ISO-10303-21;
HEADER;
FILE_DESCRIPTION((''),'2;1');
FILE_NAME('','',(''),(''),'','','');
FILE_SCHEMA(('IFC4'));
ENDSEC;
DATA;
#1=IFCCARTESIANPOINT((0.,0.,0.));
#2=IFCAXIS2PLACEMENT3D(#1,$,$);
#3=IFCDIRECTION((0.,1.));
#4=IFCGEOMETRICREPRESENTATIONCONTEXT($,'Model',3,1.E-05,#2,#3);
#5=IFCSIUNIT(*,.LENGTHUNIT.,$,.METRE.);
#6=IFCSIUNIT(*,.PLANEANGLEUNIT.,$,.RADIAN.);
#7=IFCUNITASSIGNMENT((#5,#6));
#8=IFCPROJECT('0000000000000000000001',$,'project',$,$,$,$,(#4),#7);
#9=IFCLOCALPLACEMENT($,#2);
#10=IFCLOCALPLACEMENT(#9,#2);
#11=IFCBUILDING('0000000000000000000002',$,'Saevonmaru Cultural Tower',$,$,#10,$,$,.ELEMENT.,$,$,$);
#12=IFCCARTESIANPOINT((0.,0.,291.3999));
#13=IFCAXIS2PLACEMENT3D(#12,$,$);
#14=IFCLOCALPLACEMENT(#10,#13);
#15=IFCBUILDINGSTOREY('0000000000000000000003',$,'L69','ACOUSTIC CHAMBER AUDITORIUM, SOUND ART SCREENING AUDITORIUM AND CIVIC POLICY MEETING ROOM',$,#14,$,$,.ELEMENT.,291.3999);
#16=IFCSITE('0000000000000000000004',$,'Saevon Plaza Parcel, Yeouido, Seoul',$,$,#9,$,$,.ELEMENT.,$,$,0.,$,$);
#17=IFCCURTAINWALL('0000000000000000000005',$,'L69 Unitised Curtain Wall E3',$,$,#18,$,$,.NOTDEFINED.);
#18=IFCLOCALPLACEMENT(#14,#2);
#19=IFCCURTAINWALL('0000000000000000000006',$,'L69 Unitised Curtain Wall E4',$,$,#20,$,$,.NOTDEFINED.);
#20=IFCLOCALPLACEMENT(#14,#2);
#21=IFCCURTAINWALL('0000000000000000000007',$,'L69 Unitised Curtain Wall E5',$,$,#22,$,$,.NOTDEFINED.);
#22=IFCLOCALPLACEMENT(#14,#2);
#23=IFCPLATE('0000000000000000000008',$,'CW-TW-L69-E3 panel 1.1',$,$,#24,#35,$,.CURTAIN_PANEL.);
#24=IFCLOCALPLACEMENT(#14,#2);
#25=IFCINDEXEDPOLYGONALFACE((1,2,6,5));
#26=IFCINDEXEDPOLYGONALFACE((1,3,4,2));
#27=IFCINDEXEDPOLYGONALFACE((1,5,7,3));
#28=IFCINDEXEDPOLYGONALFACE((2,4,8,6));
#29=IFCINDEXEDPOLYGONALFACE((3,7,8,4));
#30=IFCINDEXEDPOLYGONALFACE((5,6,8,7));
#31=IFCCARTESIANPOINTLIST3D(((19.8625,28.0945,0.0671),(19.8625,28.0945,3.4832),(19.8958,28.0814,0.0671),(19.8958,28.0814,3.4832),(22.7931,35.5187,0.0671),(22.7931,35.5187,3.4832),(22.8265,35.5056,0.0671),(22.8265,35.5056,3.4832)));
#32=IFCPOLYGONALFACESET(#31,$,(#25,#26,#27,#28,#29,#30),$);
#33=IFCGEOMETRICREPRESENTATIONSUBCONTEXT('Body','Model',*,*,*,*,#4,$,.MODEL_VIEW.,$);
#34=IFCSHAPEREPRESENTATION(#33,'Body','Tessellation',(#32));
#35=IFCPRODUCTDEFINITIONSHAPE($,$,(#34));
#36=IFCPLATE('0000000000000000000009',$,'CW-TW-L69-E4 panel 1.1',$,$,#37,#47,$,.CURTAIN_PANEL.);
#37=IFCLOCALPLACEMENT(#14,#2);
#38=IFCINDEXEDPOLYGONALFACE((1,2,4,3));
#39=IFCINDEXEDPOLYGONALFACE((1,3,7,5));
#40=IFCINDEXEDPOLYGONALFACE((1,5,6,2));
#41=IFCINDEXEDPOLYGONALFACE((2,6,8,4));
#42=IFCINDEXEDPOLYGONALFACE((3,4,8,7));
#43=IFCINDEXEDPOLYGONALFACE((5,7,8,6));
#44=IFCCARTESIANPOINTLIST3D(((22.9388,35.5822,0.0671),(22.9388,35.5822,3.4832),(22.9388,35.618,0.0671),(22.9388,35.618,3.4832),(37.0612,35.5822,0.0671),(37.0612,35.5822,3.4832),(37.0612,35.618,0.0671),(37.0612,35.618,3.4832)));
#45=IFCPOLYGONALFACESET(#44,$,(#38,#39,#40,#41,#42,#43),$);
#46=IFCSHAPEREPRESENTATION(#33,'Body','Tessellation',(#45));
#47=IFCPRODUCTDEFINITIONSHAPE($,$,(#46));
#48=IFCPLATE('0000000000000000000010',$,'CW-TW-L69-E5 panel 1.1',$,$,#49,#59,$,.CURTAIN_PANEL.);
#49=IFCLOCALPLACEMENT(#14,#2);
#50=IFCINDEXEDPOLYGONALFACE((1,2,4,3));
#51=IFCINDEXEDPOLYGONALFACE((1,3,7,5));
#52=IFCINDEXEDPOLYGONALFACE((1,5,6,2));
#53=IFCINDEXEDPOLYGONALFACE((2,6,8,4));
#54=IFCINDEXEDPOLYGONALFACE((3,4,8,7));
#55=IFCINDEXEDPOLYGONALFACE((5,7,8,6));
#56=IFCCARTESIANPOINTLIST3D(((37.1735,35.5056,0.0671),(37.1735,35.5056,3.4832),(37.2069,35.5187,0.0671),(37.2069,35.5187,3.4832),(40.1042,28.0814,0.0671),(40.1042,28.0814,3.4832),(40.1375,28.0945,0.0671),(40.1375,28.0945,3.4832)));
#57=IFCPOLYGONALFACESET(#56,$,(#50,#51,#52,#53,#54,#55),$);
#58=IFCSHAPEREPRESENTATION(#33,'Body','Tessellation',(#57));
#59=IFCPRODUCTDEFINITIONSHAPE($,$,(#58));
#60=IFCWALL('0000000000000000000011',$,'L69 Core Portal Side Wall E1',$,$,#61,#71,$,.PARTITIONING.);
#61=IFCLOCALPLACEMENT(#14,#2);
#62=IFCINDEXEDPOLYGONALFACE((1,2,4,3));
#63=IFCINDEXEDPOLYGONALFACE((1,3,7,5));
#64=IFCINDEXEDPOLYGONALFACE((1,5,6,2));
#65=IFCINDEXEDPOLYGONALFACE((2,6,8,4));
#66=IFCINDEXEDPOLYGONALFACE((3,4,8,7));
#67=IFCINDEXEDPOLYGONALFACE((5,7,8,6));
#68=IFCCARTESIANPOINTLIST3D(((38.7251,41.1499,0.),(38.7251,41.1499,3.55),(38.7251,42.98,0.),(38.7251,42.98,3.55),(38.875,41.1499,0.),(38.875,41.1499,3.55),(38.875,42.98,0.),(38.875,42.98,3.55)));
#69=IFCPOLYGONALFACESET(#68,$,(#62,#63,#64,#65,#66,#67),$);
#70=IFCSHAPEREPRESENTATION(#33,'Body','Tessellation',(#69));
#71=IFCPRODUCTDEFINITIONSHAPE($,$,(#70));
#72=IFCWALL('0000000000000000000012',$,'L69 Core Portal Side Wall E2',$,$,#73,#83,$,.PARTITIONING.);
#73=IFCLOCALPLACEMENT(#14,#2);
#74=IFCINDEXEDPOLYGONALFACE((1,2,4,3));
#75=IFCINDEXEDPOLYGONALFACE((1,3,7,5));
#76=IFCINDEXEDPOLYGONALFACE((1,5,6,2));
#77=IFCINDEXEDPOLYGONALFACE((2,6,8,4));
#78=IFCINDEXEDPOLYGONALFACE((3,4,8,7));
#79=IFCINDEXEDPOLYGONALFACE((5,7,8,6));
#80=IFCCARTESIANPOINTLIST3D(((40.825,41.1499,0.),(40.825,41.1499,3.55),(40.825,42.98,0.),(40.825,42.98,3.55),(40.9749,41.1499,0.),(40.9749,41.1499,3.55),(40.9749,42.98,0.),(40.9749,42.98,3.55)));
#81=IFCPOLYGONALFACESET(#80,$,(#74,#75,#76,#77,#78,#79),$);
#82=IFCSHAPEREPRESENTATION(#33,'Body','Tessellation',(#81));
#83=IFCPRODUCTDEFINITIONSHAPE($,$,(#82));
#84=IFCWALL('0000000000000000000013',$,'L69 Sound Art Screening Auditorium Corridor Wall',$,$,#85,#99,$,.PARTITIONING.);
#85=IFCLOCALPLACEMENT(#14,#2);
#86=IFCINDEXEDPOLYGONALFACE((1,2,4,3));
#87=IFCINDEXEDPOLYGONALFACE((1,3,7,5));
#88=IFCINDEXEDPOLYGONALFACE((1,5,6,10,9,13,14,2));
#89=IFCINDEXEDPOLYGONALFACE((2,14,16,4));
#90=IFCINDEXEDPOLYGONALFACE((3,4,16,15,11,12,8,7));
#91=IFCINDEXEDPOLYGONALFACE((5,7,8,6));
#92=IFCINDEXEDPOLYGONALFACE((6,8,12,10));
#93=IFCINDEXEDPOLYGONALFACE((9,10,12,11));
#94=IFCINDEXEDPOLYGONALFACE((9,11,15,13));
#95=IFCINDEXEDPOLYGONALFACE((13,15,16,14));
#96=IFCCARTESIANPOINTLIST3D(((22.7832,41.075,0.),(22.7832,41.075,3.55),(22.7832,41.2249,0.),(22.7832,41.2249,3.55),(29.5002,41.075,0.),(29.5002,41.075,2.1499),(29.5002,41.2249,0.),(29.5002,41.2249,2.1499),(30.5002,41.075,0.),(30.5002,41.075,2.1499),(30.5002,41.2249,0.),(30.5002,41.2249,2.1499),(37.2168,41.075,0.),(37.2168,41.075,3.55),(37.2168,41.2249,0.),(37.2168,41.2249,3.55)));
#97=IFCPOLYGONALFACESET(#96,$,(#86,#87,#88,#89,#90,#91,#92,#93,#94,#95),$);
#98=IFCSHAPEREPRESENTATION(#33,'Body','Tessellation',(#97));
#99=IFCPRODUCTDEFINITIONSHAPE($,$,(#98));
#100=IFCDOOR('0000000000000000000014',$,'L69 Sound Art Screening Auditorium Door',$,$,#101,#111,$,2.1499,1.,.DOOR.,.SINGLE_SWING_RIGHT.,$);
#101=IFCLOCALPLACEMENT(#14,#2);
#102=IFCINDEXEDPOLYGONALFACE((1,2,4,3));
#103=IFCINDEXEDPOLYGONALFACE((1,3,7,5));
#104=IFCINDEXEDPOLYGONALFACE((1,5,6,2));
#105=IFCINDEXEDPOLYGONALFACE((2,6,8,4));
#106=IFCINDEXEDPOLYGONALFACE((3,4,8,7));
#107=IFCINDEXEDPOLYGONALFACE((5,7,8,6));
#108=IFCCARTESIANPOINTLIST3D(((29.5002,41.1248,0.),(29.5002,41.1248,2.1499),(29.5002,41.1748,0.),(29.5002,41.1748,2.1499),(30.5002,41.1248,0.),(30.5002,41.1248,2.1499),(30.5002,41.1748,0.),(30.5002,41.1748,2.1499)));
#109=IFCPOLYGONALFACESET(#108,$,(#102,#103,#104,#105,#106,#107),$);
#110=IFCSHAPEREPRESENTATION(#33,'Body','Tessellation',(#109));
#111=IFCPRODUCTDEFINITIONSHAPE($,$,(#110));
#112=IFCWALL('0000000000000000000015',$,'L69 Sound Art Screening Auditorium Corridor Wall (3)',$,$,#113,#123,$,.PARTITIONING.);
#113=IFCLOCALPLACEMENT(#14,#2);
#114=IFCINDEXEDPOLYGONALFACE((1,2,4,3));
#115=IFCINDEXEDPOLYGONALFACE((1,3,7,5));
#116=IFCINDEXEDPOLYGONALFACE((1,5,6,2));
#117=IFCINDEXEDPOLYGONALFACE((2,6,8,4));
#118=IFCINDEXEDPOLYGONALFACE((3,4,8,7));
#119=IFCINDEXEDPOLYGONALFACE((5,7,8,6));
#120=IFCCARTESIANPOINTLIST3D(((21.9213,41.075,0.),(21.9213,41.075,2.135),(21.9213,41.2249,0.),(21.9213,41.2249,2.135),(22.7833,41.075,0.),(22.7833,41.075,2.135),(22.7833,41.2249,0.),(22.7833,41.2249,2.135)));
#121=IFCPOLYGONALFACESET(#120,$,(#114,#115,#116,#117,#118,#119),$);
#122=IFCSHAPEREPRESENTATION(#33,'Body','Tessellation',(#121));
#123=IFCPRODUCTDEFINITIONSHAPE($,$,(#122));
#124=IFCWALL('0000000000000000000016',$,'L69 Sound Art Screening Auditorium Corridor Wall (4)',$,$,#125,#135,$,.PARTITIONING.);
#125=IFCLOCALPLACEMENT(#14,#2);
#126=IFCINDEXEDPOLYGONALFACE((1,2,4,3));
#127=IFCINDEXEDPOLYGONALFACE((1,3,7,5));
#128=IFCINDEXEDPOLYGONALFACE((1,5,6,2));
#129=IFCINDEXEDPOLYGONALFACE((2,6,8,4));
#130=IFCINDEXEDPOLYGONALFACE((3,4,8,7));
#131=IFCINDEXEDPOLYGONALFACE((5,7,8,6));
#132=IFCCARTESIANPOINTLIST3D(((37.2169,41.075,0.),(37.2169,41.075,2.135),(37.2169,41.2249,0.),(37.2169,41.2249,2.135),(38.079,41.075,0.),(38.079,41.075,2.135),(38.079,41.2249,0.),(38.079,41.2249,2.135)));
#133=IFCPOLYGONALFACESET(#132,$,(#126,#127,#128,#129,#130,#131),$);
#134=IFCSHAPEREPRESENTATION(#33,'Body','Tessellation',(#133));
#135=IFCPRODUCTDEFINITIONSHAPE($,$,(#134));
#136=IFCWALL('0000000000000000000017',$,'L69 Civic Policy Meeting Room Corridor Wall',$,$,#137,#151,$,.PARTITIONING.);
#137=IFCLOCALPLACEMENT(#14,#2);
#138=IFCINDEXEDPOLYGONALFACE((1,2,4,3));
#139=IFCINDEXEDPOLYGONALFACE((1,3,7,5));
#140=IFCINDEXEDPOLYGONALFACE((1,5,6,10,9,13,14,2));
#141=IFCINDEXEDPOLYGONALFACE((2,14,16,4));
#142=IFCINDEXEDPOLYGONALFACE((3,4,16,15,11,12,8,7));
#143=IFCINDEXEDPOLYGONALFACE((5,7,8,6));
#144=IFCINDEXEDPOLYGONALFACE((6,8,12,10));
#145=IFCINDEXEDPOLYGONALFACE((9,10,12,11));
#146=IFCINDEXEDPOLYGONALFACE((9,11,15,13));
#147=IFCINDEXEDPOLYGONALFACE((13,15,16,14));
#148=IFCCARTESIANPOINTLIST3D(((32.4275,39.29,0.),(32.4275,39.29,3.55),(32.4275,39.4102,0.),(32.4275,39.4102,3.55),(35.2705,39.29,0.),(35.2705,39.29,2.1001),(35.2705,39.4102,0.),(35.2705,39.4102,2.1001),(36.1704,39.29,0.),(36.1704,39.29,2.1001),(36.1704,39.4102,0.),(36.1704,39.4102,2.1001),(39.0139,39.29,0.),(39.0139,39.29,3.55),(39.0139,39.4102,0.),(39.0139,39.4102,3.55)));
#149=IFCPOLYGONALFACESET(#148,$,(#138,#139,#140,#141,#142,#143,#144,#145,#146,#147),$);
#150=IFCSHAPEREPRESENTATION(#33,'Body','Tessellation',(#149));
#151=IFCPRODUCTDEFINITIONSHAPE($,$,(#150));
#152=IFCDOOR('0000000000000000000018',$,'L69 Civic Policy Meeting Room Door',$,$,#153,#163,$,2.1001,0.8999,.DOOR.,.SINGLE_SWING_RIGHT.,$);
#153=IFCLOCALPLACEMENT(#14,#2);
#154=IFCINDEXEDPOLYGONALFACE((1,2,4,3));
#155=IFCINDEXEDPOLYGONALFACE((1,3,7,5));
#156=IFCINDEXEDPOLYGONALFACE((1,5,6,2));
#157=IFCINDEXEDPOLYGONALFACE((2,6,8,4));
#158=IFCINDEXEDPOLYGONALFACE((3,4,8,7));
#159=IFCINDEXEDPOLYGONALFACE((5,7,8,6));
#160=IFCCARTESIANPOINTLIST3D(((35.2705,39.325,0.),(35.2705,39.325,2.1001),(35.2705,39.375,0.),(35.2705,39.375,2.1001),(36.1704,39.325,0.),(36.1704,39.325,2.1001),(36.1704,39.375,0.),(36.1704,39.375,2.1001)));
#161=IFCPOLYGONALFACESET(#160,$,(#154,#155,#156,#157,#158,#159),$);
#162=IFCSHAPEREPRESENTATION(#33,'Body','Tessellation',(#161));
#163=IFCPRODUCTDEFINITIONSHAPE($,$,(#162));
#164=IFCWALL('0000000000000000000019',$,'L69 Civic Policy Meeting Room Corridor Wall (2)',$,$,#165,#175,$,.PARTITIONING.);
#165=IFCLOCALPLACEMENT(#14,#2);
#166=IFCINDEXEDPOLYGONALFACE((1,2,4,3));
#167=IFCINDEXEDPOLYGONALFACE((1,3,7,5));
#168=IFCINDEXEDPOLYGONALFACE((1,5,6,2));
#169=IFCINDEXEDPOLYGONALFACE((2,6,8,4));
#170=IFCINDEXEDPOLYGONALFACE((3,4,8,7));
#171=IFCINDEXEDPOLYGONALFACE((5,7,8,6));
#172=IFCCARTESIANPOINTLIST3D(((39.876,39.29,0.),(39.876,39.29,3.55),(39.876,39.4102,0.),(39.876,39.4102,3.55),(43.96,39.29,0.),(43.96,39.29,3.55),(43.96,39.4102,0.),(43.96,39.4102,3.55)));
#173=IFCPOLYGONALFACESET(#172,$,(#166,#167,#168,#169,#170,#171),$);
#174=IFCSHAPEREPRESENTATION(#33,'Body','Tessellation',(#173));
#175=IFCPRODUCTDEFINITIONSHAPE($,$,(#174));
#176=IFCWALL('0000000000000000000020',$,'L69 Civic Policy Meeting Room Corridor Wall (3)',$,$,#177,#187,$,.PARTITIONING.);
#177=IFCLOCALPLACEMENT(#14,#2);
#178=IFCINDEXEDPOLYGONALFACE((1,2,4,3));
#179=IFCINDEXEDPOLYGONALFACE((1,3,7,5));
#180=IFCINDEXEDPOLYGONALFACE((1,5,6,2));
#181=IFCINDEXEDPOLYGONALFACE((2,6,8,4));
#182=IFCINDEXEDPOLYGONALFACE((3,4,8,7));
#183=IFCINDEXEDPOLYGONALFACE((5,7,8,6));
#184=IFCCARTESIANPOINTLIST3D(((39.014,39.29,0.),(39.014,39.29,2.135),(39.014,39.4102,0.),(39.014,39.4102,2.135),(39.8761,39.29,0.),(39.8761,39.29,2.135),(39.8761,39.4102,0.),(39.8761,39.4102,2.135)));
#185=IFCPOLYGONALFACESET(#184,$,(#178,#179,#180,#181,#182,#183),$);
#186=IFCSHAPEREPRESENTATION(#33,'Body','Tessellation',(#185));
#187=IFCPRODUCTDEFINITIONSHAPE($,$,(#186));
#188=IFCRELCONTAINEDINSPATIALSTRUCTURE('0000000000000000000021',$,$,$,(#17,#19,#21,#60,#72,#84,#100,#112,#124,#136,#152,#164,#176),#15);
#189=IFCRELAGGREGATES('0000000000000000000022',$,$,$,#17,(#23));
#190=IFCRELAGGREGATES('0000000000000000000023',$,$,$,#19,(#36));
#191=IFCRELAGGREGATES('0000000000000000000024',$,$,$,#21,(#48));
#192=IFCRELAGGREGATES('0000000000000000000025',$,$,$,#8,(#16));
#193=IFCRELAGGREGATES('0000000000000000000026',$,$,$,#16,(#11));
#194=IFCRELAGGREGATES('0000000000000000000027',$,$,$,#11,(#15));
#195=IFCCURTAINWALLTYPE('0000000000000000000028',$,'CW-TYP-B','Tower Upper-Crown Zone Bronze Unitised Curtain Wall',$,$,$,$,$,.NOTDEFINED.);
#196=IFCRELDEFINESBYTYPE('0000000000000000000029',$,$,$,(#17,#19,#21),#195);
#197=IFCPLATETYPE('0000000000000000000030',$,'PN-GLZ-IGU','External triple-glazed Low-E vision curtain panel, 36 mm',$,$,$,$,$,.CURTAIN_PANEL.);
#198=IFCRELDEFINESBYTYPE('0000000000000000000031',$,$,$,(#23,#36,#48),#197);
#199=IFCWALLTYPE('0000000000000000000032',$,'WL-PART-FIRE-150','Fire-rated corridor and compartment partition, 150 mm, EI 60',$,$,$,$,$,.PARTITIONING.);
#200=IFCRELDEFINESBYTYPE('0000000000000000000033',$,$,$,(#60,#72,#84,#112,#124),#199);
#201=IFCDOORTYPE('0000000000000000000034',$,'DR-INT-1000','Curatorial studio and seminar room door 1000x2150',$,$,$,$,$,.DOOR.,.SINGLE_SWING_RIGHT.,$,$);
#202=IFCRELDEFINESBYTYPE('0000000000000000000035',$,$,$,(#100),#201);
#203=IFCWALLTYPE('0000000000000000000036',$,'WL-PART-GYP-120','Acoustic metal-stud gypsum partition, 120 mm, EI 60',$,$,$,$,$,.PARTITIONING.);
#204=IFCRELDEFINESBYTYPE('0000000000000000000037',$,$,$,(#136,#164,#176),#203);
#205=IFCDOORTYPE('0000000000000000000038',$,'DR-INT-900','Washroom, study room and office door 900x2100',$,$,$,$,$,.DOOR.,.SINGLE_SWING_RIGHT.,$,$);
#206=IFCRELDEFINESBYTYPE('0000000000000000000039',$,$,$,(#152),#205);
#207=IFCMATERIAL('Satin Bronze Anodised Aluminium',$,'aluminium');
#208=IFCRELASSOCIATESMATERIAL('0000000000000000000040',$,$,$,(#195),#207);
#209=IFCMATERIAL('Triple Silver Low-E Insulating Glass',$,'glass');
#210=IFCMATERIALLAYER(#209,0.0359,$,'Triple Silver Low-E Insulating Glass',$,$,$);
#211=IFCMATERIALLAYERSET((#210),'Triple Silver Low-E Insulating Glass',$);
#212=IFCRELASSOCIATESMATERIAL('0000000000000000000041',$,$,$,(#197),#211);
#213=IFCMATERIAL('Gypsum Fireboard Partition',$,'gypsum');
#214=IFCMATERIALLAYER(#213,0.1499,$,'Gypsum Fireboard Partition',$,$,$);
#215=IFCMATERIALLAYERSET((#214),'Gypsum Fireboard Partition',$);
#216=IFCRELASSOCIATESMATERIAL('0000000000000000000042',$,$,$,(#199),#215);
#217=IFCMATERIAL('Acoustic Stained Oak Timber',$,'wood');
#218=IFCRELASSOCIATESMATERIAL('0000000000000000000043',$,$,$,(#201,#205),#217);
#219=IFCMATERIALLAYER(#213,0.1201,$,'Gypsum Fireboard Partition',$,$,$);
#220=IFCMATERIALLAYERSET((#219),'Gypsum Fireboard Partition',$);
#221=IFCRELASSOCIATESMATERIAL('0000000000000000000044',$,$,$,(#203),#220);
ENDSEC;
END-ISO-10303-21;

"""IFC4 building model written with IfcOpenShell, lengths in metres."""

from ifc_helpers import new_model, si_unit, direction, frame, frame_2d, origin, origin_2d, place, context, subcontext, project, spatial, rectangle, extrude, material, layer, layer_set, type_object, element, fill, aggregate, save


model = new_model("IFC4")

# Units and contexts
model_context = context("Model", 3, precision=1e-05, world=origin(), true_north=direction((0.0, 1.0)))
body_context = subcontext(model_context, "Body", "Model", "MODEL_VIEW")
ifc_project = project(units=[si_unit("LENGTHUNIT", "METRE"), si_unit("PLANEANGLEUNIT", "RADIAN")], contexts=[model_context])

# Site, building, storey
site_placement = place(None, origin())
site = spatial("IfcSite", under=ifc_project, at=site_placement, Name="Saevon Plaza Parcel, Yeouido, Seoul", CompositionType="ELEMENT", RefElevation=0.0)
building_placement = place(site_placement, origin())
building = spatial("IfcBuilding", under=site, at=building_placement, Name="Saevonmaru Cultural Tower", CompositionType="ELEMENT")
storey_placement = place(building_placement, frame((0.0, 0.0, 291.3999)))
storey = spatial("IfcBuildingStorey", under=building, at=storey_placement, Name="L69", Description="ACOUSTIC CHAMBER AUDITORIUM, SOUND ART SCREENING AUDITORIUM AND CIVIC POLICY MEETING ROOM", CompositionType="ELEMENT", Elevation=291.3999)

# Curtain wall
ifc_material_1 = material(Name="Satin Bronze Anodised Aluminium", Category="aluminium")
curtain_wall_type = type_object("IfcCurtainWallType", Name="CW-TYP-B", Description="Tower Upper-Crown Zone Bronze Unitised Curtain Wall", PredefinedType="NOTDEFINED", material=ifc_material_1)
curtain_wall_1_placement = place(storey_placement, origin())
curtain_wall_1 = element("IfcCurtainWall", 1, at=curtain_wall_1_placement, inside=storey, type_object=curtain_wall_type, Name="L69 Unitised Curtain Wall E3", PredefinedType="NOTDEFINED")

# Curtain walls
curtain_wall_2_placement = place(storey_placement, origin())
curtain_wall_2 = element("IfcCurtainWall", 2, at=curtain_wall_2_placement, inside=storey, type_object=curtain_wall_type, Name="L69 Unitised Curtain Wall E4", PredefinedType="NOTDEFINED")
curtain_wall_3_placement = place(storey_placement, origin())
curtain_wall_3 = element("IfcCurtainWall", 3, at=curtain_wall_3_placement, inside=storey, type_object=curtain_wall_type, Name="L69 Unitised Curtain Wall E5", PredefinedType="NOTDEFINED")

# Plates
ifc_material_2 = material(Name="Triple Silver Low-E Insulating Glass", Category="glass")
ifc_layer_1 = layer(ifc_material_2, 0.0359, Name="Triple Silver Low-E Insulating Glass")
ifc_layer_set_1 = layer_set([ifc_layer_1], Name="Triple Silver Low-E Insulating Glass")
plate_type_1 = type_object("IfcPlateType", Name="PN-GLZ-IGU", Description="External triple-glazed Low-E vision curtain panel, 36 mm", PredefinedType="CURTAIN_PANEL", material=ifc_layer_set_1)
plate_1_placement = place(storey_placement, frame((21.3445, 31.8, 0.0671), z_axis=(0.0, 0.0, 1.0), x_axis=(0.367172, 0.930153, 0.0)))
plate_1 = element("IfcPlate", 4, at=plate_1_placement, type_object=plate_type_1, Name="CW-TW-L69-E3 panel 1.1", PredefinedType="CURTAIN_PANEL", context=body_context, shape_type="SweptSolid", body=[
    extrude(rectangle(XDim=7.9817, YDim=0.0359, at=origin_2d()), origin(), (0.0, 0.0, 1.0), 3.416),
])
aggregate(curtain_wall_1, [plate_1])
plate_2_placement = place(storey_placement, frame((30.0, 35.6001, 0.0671), z_axis=(0.0, 0.0, 1.0), x_axis=(1.0, 0.0, 0.0)))
plate_2 = element("IfcPlate", 5, at=plate_2_placement, type_object=plate_type_1, Name="CW-TW-L69-E4 panel 1.1", PredefinedType="CURTAIN_PANEL", context=body_context, shape_type="SweptSolid", body=[
    extrude(rectangle(XDim=14.1223, YDim=0.0359, at=origin_2d()), origin(), (0.0, 0.0, 1.0), 3.416),
])
aggregate(curtain_wall_2, [plate_2])
plate_3_placement = place(storey_placement, frame((38.6555, 31.8, 0.0671), z_axis=(0.0, 0.0, 1.0), x_axis=(0.367172, -0.930153, 0.0)))
plate_3 = element("IfcPlate", 6, at=plate_3_placement, type_object=plate_type_1, Name="CW-TW-L69-E5 panel 1.1", PredefinedType="CURTAIN_PANEL", context=body_context, shape_type="SweptSolid", body=[
    extrude(rectangle(XDim=7.9817, YDim=0.0359, at=origin_2d()), origin(), (0.0, 0.0, 1.0), 3.416),
])
aggregate(curtain_wall_3, [plate_3])

# Walls
ifc_material_3 = material(Name="Gypsum Fireboard Partition", Category="gypsum")
ifc_layer_2 = layer(ifc_material_3, 0.1499, Name="Gypsum Fireboard Partition")
ifc_layer_set_2 = layer_set([ifc_layer_2], Name="Gypsum Fireboard Partition")
wall_type_1 = type_object("IfcWallType", Name="WL-PART-FIRE-150", Description="Fire-rated corridor and compartment partition, 150 mm, EI 60", PredefinedType="PARTITIONING", material=ifc_layer_set_2)
for number, where, z_axis, x_axis, name in (
    (7, (38.8, 41.1499, 0.0), (0.0, 0.0, 1.0), (0.0, 1.0, 0.0), "L69 Core Portal Side Wall E1"),
    (8, (40.8999, 41.1499, 0.0), (0.0, 0.0, 1.0), (0.0, 1.0, 0.0), "L69 Core Portal Side Wall E2"),
):
    element("IfcWall", number, at=place(storey_placement, frame(where, z_axis=z_axis, x_axis=x_axis)), inside=storey, type_object=wall_type_1, Name=name, PredefinedType="PARTITIONING", context=body_context, shape_type="SweptSolid", body=[
        extrude(rectangle(XDim=1.8301, YDim=0.1499, at=frame_2d((0.915, 0.0))), origin(), (0.0, 0.0, 1.0), 3.55),
    ])

# Wall, opening, door
wall_1_placement = place(storey_placement, frame((22.7832, 41.1499, 0.0), z_axis=(0.0, 0.0, 1.0), x_axis=(1.0, 0.0, 0.0)))
wall_1 = element("IfcWall", 9, at=wall_1_placement, inside=storey, type_object=wall_type_1, Name="L69 Sound Art Screening Auditorium Corridor Wall", PredefinedType="PARTITIONING", context=body_context, shape_type="SweptSolid", body=[
    extrude(rectangle(XDim=14.4336, YDim=0.1499, at=frame_2d((7.2168, 0.0))), origin(), (0.0, 0.0, 1.0), 3.55),
])
opening_1_placement = place(wall_1_placement, frame((6.717, 0.0, 0.0)))
opening_1 = element("IfcOpeningElement", 10, at=opening_1_placement, cuts=wall_1, PredefinedType="OPENING", context=body_context, shape_type="SweptSolid", body=[
    extrude(rectangle(XDim=1.0, YDim=2.1499, at=frame_2d((0.5, 1.075))), frame((0.0, 0.085, 0.0), z_axis=(0.0, -1.0, 0.0), x_axis=(1.0, 0.0, 0.0)), (0.0, 0.0, 1.0), 0.1699),
])
ifc_material_4 = material(Name="Acoustic Stained Oak Timber", Category="wood")
door_type_1 = type_object("IfcDoorType", Name="DR-INT-1000", Description="Curatorial studio and seminar room door 1000x2150", OperationType="SINGLE_SWING_RIGHT", PredefinedType="DOOR", material=ifc_material_4)
door_1_placement = place(opening_1_placement, origin())
door_1 = element("IfcDoor", 11, at=door_1_placement, inside=storey, type_object=door_type_1, Name="L69 Sound Art Screening Auditorium Door", OperationType="SINGLE_SWING_RIGHT", OverallHeight=2.1499, OverallWidth=1.0, PredefinedType="DOOR", context=body_context, shape_type="SweptSolid", body=[
    extrude(rectangle(XDim=1.0, YDim=2.1499, at=frame_2d((0.5, 1.075))), frame((0.0, 0.0249, 0.0), z_axis=(0.0, -1.0, 0.0), x_axis=(1.0, 0.0, 0.0)), (0.0, 0.0, 1.0), 0.05),
])
fill(opening_1, door_1)

# Walls
for number, where, z_axis, x_axis, name in (
    (12, (21.9211, 41.1499, 0.0), (0.0, 0.0, 1.0), (1.0, 0.0, 0.0), "L69 Sound Art Screening Auditorium Corridor Wall (3)"),
    (13, (37.2168, 41.1499, 0.0), (0.0, 0.0, 1.0), (1.0, 0.0, 0.0), "L69 Sound Art Screening Auditorium Corridor Wall (4)"),
):
    element("IfcWall", number, at=place(storey_placement, frame(where, z_axis=z_axis, x_axis=x_axis)), inside=storey, type_object=wall_type_1, Name=name, PredefinedType="PARTITIONING", context=body_context, shape_type="SweptSolid", body=[
        extrude(rectangle(XDim=0.8621, YDim=0.1499, at=frame_2d((0.4312, 0.0))), origin(), (0.0, 0.0, 1.0), 2.135),
    ])

# Wall, opening, door
ifc_layer_3 = layer(ifc_material_3, 0.1201, Name="Gypsum Fireboard Partition")
ifc_layer_set_3 = layer_set([ifc_layer_3], Name="Gypsum Fireboard Partition")
wall_type_2 = type_object("IfcWallType", Name="WL-PART-GYP-120", Description="Acoustic metal-stud gypsum partition, 120 mm, EI 60", PredefinedType="PARTITIONING", material=ifc_layer_set_3)
wall_2_placement = place(storey_placement, frame((32.4275, 39.3501, 0.0), z_axis=(0.0, 0.0, 1.0), x_axis=(1.0, 0.0, 0.0)))
wall_2 = element("IfcWall", 14, at=wall_2_placement, inside=storey, type_object=wall_type_2, Name="L69 Civic Policy Meeting Room Corridor Wall", PredefinedType="PARTITIONING", context=body_context, shape_type="SweptSolid", body=[
    extrude(rectangle(XDim=6.5864, YDim=0.1201, at=frame_2d((3.2932, 0.0))), origin(), (0.0, 0.0, 1.0), 3.55),
])
opening_2_placement = place(wall_2_placement, frame((2.843, 0.0, 0.0)))
opening_2 = element("IfcOpeningElement", 15, at=opening_2_placement, cuts=wall_2, PredefinedType="OPENING", context=body_context, shape_type="SweptSolid", body=[
    extrude(rectangle(XDim=0.8999, YDim=2.1001, at=frame_2d((0.45, 1.05))), frame((0.0, 0.0701, 0.0), z_axis=(0.0, -1.0, 0.0), x_axis=(1.0, 0.0, 0.0)), (0.0, 0.0, 1.0), 0.1401),
])
door_type_2 = type_object("IfcDoorType", Name="DR-INT-900", Description="Washroom, study room and office door 900x2100", OperationType="SINGLE_SWING_RIGHT", PredefinedType="DOOR", material=ifc_material_4)
door_2_placement = place(opening_2_placement, origin())
door_2 = element("IfcDoor", 16, at=door_2_placement, inside=storey, type_object=door_type_2, Name="L69 Civic Policy Meeting Room Door", OperationType="SINGLE_SWING_RIGHT", OverallHeight=2.1001, OverallWidth=0.8999, PredefinedType="DOOR", context=body_context, shape_type="SweptSolid", body=[
    extrude(rectangle(XDim=0.8999, YDim=2.1001, at=frame_2d((0.45, 1.05))), frame((0.0, 0.0249, 0.0), z_axis=(0.0, -1.0, 0.0), x_axis=(1.0, 0.0, 0.0)), (0.0, 0.0, 1.0), 0.05),
])
fill(opening_2, door_2)

# Walls
wall_3_placement = place(storey_placement, frame((39.876, 39.3501, 0.0), z_axis=(0.0, 0.0, 1.0), x_axis=(1.0, 0.0, 0.0)))
element("IfcWall", 17, at=wall_3_placement, inside=storey, type_object=wall_type_2, Name="L69 Civic Policy Meeting Room Corridor Wall (2)", PredefinedType="PARTITIONING", context=body_context, shape_type="SweptSolid", body=[
    extrude(rectangle(XDim=4.084, YDim=0.1201, at=frame_2d((2.042, 0.0))), origin(), (0.0, 0.0, 1.0), 3.55),
])
wall_4_placement = place(storey_placement, frame((39.0139, 39.3501, 0.0), z_axis=(0.0, 0.0, 1.0), x_axis=(1.0, 0.0, 0.0)))
element("IfcWall", 18, at=wall_4_placement, inside=storey, type_object=wall_type_2, Name="L69 Civic Policy Meeting Room Corridor Wall (3)", PredefinedType="PARTITIONING", context=body_context, shape_type="SweptSolid", body=[
    extrude(rectangle(XDim=0.8621, YDim=0.1201, at=frame_2d((0.4312, 0.0))), origin(), (0.0, 0.0, 1.0), 2.135),
])

save(model, "model.ifc")
